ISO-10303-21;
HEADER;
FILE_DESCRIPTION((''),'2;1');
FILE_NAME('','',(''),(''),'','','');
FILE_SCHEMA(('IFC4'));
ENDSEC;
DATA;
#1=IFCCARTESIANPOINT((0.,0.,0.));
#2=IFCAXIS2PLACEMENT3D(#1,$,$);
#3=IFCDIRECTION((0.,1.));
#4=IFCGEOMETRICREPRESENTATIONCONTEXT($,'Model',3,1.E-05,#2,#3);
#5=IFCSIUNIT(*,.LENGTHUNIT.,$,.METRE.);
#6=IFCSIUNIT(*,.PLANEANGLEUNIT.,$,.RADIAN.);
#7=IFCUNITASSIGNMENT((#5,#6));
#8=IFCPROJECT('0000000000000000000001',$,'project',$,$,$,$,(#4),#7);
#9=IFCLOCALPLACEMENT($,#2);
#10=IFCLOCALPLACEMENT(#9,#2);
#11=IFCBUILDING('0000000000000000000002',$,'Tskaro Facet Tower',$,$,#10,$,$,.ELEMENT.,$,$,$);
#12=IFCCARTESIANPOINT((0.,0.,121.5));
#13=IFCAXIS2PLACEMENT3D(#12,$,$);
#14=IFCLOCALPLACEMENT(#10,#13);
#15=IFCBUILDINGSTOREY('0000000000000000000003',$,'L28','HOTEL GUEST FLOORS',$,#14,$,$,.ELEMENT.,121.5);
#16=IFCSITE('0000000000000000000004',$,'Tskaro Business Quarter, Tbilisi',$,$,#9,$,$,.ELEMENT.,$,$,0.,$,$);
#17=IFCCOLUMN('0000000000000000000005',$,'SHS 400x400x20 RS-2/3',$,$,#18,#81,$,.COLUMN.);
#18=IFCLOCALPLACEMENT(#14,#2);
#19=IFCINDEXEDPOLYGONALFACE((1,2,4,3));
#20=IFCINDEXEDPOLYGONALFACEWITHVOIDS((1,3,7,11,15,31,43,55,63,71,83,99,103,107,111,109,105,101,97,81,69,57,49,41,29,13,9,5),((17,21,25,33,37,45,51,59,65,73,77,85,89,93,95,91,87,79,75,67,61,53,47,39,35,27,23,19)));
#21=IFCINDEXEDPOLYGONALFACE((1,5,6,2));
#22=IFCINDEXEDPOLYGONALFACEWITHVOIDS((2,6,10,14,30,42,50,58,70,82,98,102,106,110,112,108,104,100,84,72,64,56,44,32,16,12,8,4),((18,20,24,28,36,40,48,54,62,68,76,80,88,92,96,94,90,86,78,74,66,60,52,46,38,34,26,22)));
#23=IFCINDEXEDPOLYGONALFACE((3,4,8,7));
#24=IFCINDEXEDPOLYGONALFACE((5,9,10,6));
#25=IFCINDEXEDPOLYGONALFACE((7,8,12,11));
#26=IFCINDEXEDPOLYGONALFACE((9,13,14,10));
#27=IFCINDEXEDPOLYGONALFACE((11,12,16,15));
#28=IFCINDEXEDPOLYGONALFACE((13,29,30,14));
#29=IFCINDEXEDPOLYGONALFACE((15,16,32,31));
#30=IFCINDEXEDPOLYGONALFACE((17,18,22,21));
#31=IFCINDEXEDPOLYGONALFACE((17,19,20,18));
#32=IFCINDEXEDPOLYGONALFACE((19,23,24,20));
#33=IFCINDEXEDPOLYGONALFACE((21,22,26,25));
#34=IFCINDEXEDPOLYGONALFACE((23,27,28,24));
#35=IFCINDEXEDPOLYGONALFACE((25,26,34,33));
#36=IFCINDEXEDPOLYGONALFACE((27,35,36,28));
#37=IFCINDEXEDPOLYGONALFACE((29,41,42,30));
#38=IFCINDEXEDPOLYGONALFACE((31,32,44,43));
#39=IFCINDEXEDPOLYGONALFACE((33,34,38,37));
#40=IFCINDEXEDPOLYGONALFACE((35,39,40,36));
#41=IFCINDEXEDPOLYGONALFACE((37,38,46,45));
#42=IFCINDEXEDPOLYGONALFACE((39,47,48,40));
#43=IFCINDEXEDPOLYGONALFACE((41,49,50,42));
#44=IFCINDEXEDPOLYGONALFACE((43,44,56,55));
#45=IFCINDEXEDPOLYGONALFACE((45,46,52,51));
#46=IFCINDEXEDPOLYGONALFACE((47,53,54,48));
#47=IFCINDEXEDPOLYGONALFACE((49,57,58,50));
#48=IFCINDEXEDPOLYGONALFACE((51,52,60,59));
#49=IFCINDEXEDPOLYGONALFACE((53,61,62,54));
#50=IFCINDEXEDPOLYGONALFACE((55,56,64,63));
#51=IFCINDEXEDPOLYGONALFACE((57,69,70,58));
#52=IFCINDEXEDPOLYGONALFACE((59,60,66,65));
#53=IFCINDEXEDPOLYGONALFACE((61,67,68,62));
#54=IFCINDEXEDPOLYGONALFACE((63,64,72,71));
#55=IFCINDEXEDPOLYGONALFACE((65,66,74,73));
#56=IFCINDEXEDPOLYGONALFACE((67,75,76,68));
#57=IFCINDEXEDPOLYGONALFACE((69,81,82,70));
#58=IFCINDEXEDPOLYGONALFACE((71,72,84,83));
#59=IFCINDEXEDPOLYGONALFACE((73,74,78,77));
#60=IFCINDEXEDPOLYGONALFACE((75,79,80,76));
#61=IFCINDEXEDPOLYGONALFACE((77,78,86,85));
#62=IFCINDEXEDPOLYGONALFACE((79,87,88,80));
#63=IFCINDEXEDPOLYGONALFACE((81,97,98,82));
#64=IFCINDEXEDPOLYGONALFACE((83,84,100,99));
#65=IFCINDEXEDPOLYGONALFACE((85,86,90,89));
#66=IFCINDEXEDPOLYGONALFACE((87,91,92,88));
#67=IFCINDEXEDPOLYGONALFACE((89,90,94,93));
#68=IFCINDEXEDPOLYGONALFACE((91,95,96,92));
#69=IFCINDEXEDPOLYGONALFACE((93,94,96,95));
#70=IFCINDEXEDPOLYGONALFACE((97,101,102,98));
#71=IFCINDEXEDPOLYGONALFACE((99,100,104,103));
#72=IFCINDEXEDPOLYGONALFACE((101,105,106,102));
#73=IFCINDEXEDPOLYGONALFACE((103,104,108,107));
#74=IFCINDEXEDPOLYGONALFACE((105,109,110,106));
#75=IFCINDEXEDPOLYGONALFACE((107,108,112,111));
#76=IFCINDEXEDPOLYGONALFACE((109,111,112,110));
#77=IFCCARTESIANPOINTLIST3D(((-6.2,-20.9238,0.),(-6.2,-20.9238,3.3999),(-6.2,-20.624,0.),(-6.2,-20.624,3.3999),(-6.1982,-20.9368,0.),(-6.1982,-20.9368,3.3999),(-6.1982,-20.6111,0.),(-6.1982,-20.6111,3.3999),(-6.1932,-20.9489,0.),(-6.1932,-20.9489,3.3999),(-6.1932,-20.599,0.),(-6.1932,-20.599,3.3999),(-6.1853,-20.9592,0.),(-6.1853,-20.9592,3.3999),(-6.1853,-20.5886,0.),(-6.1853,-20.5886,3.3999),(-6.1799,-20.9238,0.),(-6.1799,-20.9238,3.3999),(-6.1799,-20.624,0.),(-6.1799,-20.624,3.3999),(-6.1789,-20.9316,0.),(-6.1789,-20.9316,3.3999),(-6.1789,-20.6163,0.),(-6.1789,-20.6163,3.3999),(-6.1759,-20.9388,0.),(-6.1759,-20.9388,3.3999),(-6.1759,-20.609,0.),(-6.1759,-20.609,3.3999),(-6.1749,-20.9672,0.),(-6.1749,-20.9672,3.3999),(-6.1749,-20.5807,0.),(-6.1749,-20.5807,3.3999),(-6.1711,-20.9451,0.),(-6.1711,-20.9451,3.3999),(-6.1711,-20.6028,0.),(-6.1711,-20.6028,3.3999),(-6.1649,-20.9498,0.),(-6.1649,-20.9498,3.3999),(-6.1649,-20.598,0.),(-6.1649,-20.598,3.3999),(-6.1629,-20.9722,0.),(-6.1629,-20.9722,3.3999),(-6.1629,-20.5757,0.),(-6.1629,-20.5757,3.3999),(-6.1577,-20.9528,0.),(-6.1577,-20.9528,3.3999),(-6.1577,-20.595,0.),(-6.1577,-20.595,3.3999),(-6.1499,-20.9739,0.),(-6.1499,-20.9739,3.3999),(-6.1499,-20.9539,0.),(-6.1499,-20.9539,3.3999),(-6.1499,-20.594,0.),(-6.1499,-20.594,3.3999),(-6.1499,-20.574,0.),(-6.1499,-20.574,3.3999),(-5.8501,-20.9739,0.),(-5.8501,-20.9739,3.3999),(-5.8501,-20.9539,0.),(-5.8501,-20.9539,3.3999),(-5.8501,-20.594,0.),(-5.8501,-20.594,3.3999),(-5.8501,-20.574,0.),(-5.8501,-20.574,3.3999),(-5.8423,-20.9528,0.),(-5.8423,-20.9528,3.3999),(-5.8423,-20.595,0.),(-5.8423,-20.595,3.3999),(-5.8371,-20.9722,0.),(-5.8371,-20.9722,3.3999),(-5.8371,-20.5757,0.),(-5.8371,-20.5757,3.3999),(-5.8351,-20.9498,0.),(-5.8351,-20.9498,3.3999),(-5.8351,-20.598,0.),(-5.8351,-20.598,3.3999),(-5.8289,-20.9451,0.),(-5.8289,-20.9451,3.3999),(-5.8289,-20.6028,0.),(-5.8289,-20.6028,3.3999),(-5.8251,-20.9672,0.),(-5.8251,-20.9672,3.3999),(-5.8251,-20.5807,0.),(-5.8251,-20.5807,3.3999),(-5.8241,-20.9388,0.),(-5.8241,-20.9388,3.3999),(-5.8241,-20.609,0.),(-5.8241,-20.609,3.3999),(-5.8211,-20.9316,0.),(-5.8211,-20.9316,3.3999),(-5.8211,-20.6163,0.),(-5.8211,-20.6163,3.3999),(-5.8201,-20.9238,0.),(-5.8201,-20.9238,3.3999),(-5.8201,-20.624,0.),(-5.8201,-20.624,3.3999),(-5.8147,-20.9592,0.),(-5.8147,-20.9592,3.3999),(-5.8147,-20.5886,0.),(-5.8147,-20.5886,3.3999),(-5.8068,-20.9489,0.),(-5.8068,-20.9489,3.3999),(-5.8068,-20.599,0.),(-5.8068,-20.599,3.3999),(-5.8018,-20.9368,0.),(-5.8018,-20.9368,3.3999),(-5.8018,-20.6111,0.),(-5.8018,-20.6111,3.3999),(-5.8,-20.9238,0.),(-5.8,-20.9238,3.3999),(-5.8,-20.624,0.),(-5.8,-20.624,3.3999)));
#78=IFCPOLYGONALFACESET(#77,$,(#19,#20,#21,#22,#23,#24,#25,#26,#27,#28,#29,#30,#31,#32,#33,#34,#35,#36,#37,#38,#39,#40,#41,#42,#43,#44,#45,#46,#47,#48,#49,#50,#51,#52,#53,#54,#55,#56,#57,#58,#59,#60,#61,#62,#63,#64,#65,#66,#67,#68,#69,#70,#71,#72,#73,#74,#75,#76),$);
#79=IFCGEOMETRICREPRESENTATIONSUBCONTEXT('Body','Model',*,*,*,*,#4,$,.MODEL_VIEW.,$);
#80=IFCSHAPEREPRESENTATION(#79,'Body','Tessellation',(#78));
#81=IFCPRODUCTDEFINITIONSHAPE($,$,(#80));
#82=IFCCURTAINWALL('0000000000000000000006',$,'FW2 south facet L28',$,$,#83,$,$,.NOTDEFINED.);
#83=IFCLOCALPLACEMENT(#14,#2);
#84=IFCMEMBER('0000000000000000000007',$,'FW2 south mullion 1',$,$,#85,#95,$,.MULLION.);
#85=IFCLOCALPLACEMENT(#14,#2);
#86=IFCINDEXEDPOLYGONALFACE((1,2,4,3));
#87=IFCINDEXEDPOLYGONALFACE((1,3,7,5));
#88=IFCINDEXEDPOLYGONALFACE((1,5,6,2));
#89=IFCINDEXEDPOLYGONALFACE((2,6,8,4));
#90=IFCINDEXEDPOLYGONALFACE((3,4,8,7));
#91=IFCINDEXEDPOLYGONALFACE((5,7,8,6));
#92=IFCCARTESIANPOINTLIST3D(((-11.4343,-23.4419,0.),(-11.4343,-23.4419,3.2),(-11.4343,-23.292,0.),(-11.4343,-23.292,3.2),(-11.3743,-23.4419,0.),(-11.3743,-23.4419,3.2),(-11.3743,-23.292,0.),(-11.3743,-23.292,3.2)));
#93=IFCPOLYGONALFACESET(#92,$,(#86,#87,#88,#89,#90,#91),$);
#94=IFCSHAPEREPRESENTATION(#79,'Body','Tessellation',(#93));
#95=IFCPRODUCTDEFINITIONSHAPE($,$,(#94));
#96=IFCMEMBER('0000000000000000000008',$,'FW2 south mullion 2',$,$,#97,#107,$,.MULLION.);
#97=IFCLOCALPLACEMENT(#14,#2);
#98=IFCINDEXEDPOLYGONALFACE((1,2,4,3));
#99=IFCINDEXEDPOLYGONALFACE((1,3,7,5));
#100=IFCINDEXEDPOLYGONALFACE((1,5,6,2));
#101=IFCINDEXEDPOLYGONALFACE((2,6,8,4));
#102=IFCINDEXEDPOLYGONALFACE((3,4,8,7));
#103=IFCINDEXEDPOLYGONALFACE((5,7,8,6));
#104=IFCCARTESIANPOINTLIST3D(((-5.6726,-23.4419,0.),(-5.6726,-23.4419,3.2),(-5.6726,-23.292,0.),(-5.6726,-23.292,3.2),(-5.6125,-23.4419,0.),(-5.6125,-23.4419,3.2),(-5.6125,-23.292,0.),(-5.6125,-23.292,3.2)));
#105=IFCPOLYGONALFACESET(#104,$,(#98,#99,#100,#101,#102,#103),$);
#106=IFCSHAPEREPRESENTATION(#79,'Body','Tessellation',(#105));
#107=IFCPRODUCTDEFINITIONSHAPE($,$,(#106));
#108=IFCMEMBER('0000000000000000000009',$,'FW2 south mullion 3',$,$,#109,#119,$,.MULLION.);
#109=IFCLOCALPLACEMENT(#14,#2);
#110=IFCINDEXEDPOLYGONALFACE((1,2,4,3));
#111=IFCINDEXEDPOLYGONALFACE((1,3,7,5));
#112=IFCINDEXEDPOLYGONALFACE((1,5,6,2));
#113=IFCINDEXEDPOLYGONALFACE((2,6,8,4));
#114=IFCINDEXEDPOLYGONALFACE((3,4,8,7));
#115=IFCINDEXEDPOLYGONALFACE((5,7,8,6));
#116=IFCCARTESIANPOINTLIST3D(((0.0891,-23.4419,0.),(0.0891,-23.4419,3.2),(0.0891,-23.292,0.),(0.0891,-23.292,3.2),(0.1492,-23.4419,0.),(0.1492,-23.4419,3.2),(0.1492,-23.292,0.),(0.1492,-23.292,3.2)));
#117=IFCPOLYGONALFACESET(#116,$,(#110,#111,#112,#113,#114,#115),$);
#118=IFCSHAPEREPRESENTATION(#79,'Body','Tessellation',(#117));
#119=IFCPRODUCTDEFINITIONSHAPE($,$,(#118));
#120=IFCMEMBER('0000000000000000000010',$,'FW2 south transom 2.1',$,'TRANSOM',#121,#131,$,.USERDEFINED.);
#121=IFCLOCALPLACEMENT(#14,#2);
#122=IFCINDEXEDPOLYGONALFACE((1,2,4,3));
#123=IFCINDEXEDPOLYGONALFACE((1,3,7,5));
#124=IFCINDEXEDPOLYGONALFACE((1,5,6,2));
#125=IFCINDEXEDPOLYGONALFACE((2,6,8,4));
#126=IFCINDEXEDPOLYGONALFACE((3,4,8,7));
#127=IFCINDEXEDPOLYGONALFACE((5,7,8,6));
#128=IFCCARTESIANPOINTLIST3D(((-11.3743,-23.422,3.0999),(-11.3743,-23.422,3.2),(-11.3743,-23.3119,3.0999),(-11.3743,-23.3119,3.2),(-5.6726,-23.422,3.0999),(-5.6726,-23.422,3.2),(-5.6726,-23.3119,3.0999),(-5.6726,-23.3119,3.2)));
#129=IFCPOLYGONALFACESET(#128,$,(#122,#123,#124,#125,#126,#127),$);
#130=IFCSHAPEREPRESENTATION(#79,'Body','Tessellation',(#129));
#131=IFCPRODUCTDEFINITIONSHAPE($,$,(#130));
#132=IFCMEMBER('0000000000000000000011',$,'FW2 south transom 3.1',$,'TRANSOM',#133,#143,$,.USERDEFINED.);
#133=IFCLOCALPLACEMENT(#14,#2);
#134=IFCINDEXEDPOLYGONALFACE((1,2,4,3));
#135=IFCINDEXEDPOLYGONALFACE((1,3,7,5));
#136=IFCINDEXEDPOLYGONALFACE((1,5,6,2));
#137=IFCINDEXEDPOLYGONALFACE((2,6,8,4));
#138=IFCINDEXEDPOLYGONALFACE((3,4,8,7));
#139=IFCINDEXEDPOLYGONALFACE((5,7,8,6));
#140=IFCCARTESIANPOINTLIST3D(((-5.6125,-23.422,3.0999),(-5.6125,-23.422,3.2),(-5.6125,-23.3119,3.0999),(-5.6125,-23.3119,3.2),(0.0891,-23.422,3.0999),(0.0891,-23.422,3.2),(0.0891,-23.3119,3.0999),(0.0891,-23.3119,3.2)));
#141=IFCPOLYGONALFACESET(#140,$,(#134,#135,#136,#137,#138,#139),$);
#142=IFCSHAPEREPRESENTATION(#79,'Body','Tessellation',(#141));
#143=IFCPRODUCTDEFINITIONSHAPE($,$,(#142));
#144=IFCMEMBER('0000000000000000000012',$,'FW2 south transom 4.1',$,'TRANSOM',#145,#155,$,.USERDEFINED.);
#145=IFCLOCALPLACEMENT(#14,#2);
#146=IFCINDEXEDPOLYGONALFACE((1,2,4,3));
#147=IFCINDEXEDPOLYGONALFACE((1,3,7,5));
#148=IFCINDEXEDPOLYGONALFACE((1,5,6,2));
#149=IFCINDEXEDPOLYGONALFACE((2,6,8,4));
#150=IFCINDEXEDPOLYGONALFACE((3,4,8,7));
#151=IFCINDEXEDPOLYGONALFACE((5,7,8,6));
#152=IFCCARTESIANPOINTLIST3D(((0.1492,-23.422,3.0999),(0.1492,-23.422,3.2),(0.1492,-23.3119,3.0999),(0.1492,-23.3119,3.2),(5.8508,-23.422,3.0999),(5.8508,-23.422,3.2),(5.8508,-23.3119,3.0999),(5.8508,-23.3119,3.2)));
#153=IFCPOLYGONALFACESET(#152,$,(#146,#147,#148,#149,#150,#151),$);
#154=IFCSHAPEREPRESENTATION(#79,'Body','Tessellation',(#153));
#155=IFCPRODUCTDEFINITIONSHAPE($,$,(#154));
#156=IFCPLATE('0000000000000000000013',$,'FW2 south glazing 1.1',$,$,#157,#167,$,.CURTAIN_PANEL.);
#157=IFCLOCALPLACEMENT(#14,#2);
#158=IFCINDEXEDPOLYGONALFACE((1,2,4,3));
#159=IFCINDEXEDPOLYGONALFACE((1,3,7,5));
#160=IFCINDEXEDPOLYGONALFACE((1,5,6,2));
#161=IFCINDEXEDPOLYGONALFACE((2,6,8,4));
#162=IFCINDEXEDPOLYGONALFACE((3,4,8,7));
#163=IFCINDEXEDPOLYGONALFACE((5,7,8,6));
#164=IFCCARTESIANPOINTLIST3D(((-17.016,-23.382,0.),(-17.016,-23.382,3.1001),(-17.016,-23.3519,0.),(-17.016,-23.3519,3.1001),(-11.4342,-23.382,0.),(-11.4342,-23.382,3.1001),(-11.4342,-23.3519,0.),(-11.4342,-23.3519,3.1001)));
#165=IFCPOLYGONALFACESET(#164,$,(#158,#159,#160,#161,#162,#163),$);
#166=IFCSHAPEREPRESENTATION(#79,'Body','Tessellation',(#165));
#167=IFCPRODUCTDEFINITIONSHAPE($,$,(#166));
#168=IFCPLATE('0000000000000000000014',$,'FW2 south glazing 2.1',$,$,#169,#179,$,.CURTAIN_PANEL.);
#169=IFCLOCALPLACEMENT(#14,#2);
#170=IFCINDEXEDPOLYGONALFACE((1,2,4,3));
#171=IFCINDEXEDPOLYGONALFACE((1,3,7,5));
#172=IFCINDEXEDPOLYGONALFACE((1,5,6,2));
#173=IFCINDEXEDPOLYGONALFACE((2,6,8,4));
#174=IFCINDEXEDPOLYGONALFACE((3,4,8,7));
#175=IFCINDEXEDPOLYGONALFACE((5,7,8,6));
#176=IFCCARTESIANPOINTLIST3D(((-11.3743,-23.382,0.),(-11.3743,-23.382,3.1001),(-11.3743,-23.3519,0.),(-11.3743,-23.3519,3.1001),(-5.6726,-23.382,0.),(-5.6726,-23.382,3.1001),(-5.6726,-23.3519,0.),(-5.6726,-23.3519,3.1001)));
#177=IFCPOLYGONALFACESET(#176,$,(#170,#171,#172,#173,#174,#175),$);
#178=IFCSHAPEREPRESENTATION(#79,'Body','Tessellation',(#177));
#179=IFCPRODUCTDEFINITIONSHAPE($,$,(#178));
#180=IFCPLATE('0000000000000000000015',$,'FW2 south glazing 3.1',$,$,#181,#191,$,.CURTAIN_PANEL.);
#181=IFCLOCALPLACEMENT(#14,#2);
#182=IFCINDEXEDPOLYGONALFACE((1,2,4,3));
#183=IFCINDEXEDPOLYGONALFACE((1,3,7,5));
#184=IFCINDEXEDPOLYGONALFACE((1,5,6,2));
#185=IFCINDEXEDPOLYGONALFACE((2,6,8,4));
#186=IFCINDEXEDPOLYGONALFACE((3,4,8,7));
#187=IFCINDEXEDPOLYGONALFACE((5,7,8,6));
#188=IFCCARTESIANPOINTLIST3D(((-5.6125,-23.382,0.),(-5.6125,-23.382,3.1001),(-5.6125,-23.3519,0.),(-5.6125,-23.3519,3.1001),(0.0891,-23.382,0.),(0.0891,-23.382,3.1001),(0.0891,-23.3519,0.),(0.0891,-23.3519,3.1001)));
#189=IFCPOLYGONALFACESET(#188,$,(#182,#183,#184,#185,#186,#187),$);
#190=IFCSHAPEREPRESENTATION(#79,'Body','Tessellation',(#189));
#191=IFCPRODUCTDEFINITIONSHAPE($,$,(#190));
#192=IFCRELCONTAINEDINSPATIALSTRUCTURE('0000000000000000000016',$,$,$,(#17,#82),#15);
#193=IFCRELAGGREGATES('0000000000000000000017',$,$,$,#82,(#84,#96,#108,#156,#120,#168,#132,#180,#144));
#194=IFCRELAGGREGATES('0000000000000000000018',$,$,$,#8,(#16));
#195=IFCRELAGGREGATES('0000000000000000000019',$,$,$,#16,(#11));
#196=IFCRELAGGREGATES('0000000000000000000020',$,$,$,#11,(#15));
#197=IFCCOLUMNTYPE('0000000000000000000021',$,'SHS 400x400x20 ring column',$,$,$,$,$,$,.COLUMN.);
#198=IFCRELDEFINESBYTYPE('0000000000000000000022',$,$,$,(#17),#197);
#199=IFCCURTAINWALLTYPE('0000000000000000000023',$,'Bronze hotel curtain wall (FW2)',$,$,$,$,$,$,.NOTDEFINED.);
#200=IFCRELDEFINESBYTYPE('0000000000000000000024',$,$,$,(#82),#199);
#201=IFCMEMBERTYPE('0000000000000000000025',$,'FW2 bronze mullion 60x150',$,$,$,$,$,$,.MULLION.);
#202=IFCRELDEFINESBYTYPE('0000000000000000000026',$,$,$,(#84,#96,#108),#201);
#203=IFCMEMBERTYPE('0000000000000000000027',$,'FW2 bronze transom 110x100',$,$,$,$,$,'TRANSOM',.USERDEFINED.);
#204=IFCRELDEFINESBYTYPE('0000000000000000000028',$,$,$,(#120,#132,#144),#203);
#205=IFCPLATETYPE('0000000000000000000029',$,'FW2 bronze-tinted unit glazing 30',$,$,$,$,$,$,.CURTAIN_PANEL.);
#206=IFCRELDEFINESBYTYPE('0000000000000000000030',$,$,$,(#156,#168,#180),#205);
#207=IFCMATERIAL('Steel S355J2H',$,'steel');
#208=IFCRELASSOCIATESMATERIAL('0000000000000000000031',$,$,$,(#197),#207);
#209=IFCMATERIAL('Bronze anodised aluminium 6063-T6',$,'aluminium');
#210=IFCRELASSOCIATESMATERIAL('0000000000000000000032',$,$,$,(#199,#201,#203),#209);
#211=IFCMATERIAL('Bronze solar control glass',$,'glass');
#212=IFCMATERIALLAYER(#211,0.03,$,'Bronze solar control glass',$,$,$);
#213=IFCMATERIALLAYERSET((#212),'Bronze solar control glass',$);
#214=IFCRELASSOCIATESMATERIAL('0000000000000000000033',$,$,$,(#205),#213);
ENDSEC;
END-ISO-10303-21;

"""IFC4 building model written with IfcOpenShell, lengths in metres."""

from ifc_helpers import new_model, si_unit, direction, frame, origin, origin_2d, place, context, subcontext, project, spatial, rectangle, hollow_rectangle, extrude, material, layer, layer_set, material_profile, profile_set, type_object, element, aggregate, save


model = new_model("IFC4")

# Units and contexts
model_context = context("Model", 3, precision=1e-05, world=origin(), true_north=direction((0.0, 1.0)))
body_context = subcontext(model_context, "Body", "Model", "MODEL_VIEW")
ifc_project = project(units=[si_unit("LENGTHUNIT", "METRE"), si_unit("PLANEANGLEUNIT", "RADIAN")], contexts=[model_context])

# Site, building, storey
site_placement = place(None, origin())
site = spatial("IfcSite", under=ifc_project, at=site_placement, Name="Tskaro Business Quarter, Tbilisi", CompositionType="ELEMENT", RefElevation=0.0)
building_placement = place(site_placement, origin())
building = spatial("IfcBuilding", under=site, at=building_placement, Name="Tskaro Facet Tower", CompositionType="ELEMENT")
storey_placement = place(building_placement, frame((0.0, 0.0, 121.5)))
storey = spatial("IfcBuildingStorey", under=building, at=storey_placement, Name="L28", Description="HOTEL GUEST FLOORS", CompositionType="ELEMENT", Elevation=121.5)

# Column
ifc_material_1 = material(Name="Steel S355J2H", Category="steel")
ifc_material_profile_1 = material_profile(ifc_material_1, hollow_rectangle(XDim=0.3999, YDim=0.3999, WallThickness=0.02, InnerFilletRadius=0.03, OuterFilletRadius=0.05, at=origin_2d()), Name="SHS 400x400x20")
ifc_profile_set_1 = profile_set([ifc_material_profile_1], Name="Steel S355J2H")
column_type = type_object("IfcColumnType", Name="SHS 400x400x20 ring column", PredefinedType="COLUMN", material=ifc_profile_set_1)
column_placement = place(storey_placement, frame((-6.0, -20.7739, 0.0), z_axis=(0.0, 0.0, 1.0), x_axis=(1.0, 0.0, 0.0)))
element("IfcColumn", 1, at=column_placement, inside=storey, type_object=column_type, Name="SHS 400x400x20 RS-2/3", PredefinedType="COLUMN", context=body_context, shape_type="SweptSolid", body=[
    extrude(hollow_rectangle(XDim=0.3999, YDim=0.3999, WallThickness=0.02, InnerFilletRadius=0.03, OuterFilletRadius=0.05, at=origin_2d()), origin(), (0.0, 0.0, 1.0), 3.3999),
])

# Curtain wall, members, plates
ifc_material_2 = material(Name="Bronze anodised aluminium 6063-T6", Category="aluminium")
curtain_wall_type = type_object("IfcCurtainWallType", Name="Bronze hotel curtain wall (FW2)", PredefinedType="NOTDEFINED", material=ifc_material_2)
curtain_wall_placement = place(storey_placement, origin())
curtain_wall = element("IfcCurtainWall", 2, at=curtain_wall_placement, inside=storey, type_object=curtain_wall_type, Name="FW2 south facet L28", PredefinedType="NOTDEFINED")
ifc_material_profile_2 = material_profile(ifc_material_2, rectangle(XDim=0.0601, YDim=0.1499, at=origin_2d()), Name="Mullion 60x150")
ifc_profile_set_2 = profile_set([ifc_material_profile_2], Name="Bronze anodised aluminium 6063-T6")
member_type_1 = type_object("IfcMemberType", Name="FW2 bronze mullion 60x150", PredefinedType="MULLION", material=ifc_profile_set_2)
member_1_placement = place(storey_placement, frame((-11.4043, -23.3669, 0.0), z_axis=(0.0, 0.0, 1.0), x_axis=(1.0, 0.0, 0.0)))
member_1 = element("IfcMember", 3, at=member_1_placement, type_object=member_type_1, Name="FW2 south mullion 1", PredefinedType="MULLION", context=body_context, shape_type="SweptSolid", body=[
    extrude(rectangle(XDim=0.0601, YDim=0.1499, at=origin_2d()), origin(), (0.0, 0.0, 1.0), 3.2),
])
member_2_placement = place(storey_placement, frame((-5.6426, -23.3669, 0.0), z_axis=(0.0, 0.0, 1.0), x_axis=(1.0, 0.0, 0.0)))
member_2 = element("IfcMember", 4, at=member_2_placement, type_object=member_type_1, Name="FW2 south mullion 2", PredefinedType="MULLION", context=body_context, shape_type="SweptSolid", body=[
    extrude(rectangle(XDim=0.0601, YDim=0.1499, at=origin_2d()), origin(), (0.0, 0.0, 1.0), 3.2),
])
member_3_placement = place(storey_placement, frame((0.1191, -23.3669, 0.0), z_axis=(0.0, 0.0, 1.0), x_axis=(1.0, 0.0, 0.0)))
member_3 = element("IfcMember", 5, at=member_3_placement, type_object=member_type_1, Name="FW2 south mullion 3", PredefinedType="MULLION", context=body_context, shape_type="SweptSolid", body=[
    extrude(rectangle(XDim=0.0601, YDim=0.1499, at=origin_2d()), origin(), (0.0, 0.0, 1.0), 3.2),
])
ifc_material_profile_3 = material_profile(ifc_material_2, rectangle(XDim=0.1101, YDim=0.1001, at=origin_2d()), Name="Transom 110x100")
ifc_profile_set_3 = profile_set([ifc_material_profile_3], Name="Bronze anodised aluminium 6063-T6")
member_type_2 = type_object("IfcMemberType", Name="FW2 bronze transom 110x100", ElementType="TRANSOM", PredefinedType="USERDEFINED", material=ifc_profile_set_3)
member_4_placement = place(storey_placement, frame((-11.3743, -23.3669, 3.1499), z_axis=(1.0, 0.0, 0.0), x_axis=(0.0, 1.0, 0.0)))
member_4 = element("IfcMember", 6, at=member_4_placement, type_object=member_type_2, Name="FW2 south transom 2.1", ObjectType="TRANSOM", PredefinedType="USERDEFINED", context=body_context, shape_type="SweptSolid", body=[
    extrude(rectangle(XDim=0.1101, YDim=0.1001, at=origin_2d()), origin(), (0.0, 0.0, 1.0), 5.7017),
])
member_5_placement = place(storey_placement, frame((-5.6125, -23.3669, 3.1499), z_axis=(1.0, 0.0, 0.0), x_axis=(0.0, 1.0, 0.0)))
member_5 = element("IfcMember", 7, at=member_5_placement, type_object=member_type_2, Name="FW2 south transom 3.1", ObjectType="TRANSOM", PredefinedType="USERDEFINED", context=body_context, shape_type="SweptSolid", body=[
    extrude(rectangle(XDim=0.1101, YDim=0.1001, at=origin_2d()), origin(), (0.0, 0.0, 1.0), 5.7017),
])
member_6_placement = place(storey_placement, frame((0.1492, -23.3669, 3.1499), z_axis=(1.0, 0.0, 0.0), x_axis=(0.0, 1.0, 0.0)))
member_6 = element("IfcMember", 8, at=member_6_placement, type_object=member_type_2, Name="FW2 south transom 4.1", ObjectType="TRANSOM", PredefinedType="USERDEFINED", context=body_context, shape_type="SweptSolid", body=[
    extrude(rectangle(XDim=0.1101, YDim=0.1001, at=origin_2d()), origin(), (0.0, 0.0, 1.0), 5.7017),
])
ifc_material_3 = material(Name="Bronze solar control glass", Category="glass")
ifc_layer_1 = layer(ifc_material_3, 0.03, Name="Bronze solar control glass")
ifc_layer_set_1 = layer_set([ifc_layer_1], Name="Bronze solar control glass")
plate_type = type_object("IfcPlateType", Name="FW2 bronze-tinted unit glazing 30", PredefinedType="CURTAIN_PANEL", material=ifc_layer_set_1)
plate_1_placement = place(storey_placement, frame((-14.2251, -23.3669, 0.0), z_axis=(0.0, 0.0, 1.0), x_axis=(1.0, 0.0, 0.0)))
plate_1 = element("IfcPlate", 9, at=plate_1_placement, type_object=plate_type, Name="FW2 south glazing 1.1", PredefinedType="CURTAIN_PANEL", context=body_context, shape_type="SweptSolid", body=[
    extrude(rectangle(XDim=5.5818, YDim=0.03, at=origin_2d()), origin(), (0.0, 0.0, 1.0), 3.1001),
])
plate_2_placement = place(storey_placement, frame((-8.5234, -23.3669, 0.0), z_axis=(0.0, 0.0, 1.0), x_axis=(1.0, 0.0, 0.0)))
plate_2 = element("IfcPlate", 10, at=plate_2_placement, type_object=plate_type, Name="FW2 south glazing 2.1", PredefinedType="CURTAIN_PANEL", context=body_context, shape_type="SweptSolid", body=[
    extrude(rectangle(XDim=5.7017, YDim=0.03, at=origin_2d()), origin(), (0.0, 0.0, 1.0), 3.1001),
])
plate_3_placement = place(storey_placement, frame((-2.7617, -23.3669, 0.0), z_axis=(0.0, 0.0, 1.0), x_axis=(1.0, 0.0, 0.0)))
plate_3 = element("IfcPlate", 11, at=plate_3_placement, type_object=plate_type, Name="FW2 south glazing 3.1", PredefinedType="CURTAIN_PANEL", context=body_context, shape_type="SweptSolid", body=[
    extrude(rectangle(XDim=5.7017, YDim=0.03, at=origin_2d()), origin(), (0.0, 0.0, 1.0), 3.1001),
])
aggregate(curtain_wall, [member_1, member_2, member_3, plate_1, member_4, plate_2, member_5, plate_3, member_6])

save(model, "model.ifc")
